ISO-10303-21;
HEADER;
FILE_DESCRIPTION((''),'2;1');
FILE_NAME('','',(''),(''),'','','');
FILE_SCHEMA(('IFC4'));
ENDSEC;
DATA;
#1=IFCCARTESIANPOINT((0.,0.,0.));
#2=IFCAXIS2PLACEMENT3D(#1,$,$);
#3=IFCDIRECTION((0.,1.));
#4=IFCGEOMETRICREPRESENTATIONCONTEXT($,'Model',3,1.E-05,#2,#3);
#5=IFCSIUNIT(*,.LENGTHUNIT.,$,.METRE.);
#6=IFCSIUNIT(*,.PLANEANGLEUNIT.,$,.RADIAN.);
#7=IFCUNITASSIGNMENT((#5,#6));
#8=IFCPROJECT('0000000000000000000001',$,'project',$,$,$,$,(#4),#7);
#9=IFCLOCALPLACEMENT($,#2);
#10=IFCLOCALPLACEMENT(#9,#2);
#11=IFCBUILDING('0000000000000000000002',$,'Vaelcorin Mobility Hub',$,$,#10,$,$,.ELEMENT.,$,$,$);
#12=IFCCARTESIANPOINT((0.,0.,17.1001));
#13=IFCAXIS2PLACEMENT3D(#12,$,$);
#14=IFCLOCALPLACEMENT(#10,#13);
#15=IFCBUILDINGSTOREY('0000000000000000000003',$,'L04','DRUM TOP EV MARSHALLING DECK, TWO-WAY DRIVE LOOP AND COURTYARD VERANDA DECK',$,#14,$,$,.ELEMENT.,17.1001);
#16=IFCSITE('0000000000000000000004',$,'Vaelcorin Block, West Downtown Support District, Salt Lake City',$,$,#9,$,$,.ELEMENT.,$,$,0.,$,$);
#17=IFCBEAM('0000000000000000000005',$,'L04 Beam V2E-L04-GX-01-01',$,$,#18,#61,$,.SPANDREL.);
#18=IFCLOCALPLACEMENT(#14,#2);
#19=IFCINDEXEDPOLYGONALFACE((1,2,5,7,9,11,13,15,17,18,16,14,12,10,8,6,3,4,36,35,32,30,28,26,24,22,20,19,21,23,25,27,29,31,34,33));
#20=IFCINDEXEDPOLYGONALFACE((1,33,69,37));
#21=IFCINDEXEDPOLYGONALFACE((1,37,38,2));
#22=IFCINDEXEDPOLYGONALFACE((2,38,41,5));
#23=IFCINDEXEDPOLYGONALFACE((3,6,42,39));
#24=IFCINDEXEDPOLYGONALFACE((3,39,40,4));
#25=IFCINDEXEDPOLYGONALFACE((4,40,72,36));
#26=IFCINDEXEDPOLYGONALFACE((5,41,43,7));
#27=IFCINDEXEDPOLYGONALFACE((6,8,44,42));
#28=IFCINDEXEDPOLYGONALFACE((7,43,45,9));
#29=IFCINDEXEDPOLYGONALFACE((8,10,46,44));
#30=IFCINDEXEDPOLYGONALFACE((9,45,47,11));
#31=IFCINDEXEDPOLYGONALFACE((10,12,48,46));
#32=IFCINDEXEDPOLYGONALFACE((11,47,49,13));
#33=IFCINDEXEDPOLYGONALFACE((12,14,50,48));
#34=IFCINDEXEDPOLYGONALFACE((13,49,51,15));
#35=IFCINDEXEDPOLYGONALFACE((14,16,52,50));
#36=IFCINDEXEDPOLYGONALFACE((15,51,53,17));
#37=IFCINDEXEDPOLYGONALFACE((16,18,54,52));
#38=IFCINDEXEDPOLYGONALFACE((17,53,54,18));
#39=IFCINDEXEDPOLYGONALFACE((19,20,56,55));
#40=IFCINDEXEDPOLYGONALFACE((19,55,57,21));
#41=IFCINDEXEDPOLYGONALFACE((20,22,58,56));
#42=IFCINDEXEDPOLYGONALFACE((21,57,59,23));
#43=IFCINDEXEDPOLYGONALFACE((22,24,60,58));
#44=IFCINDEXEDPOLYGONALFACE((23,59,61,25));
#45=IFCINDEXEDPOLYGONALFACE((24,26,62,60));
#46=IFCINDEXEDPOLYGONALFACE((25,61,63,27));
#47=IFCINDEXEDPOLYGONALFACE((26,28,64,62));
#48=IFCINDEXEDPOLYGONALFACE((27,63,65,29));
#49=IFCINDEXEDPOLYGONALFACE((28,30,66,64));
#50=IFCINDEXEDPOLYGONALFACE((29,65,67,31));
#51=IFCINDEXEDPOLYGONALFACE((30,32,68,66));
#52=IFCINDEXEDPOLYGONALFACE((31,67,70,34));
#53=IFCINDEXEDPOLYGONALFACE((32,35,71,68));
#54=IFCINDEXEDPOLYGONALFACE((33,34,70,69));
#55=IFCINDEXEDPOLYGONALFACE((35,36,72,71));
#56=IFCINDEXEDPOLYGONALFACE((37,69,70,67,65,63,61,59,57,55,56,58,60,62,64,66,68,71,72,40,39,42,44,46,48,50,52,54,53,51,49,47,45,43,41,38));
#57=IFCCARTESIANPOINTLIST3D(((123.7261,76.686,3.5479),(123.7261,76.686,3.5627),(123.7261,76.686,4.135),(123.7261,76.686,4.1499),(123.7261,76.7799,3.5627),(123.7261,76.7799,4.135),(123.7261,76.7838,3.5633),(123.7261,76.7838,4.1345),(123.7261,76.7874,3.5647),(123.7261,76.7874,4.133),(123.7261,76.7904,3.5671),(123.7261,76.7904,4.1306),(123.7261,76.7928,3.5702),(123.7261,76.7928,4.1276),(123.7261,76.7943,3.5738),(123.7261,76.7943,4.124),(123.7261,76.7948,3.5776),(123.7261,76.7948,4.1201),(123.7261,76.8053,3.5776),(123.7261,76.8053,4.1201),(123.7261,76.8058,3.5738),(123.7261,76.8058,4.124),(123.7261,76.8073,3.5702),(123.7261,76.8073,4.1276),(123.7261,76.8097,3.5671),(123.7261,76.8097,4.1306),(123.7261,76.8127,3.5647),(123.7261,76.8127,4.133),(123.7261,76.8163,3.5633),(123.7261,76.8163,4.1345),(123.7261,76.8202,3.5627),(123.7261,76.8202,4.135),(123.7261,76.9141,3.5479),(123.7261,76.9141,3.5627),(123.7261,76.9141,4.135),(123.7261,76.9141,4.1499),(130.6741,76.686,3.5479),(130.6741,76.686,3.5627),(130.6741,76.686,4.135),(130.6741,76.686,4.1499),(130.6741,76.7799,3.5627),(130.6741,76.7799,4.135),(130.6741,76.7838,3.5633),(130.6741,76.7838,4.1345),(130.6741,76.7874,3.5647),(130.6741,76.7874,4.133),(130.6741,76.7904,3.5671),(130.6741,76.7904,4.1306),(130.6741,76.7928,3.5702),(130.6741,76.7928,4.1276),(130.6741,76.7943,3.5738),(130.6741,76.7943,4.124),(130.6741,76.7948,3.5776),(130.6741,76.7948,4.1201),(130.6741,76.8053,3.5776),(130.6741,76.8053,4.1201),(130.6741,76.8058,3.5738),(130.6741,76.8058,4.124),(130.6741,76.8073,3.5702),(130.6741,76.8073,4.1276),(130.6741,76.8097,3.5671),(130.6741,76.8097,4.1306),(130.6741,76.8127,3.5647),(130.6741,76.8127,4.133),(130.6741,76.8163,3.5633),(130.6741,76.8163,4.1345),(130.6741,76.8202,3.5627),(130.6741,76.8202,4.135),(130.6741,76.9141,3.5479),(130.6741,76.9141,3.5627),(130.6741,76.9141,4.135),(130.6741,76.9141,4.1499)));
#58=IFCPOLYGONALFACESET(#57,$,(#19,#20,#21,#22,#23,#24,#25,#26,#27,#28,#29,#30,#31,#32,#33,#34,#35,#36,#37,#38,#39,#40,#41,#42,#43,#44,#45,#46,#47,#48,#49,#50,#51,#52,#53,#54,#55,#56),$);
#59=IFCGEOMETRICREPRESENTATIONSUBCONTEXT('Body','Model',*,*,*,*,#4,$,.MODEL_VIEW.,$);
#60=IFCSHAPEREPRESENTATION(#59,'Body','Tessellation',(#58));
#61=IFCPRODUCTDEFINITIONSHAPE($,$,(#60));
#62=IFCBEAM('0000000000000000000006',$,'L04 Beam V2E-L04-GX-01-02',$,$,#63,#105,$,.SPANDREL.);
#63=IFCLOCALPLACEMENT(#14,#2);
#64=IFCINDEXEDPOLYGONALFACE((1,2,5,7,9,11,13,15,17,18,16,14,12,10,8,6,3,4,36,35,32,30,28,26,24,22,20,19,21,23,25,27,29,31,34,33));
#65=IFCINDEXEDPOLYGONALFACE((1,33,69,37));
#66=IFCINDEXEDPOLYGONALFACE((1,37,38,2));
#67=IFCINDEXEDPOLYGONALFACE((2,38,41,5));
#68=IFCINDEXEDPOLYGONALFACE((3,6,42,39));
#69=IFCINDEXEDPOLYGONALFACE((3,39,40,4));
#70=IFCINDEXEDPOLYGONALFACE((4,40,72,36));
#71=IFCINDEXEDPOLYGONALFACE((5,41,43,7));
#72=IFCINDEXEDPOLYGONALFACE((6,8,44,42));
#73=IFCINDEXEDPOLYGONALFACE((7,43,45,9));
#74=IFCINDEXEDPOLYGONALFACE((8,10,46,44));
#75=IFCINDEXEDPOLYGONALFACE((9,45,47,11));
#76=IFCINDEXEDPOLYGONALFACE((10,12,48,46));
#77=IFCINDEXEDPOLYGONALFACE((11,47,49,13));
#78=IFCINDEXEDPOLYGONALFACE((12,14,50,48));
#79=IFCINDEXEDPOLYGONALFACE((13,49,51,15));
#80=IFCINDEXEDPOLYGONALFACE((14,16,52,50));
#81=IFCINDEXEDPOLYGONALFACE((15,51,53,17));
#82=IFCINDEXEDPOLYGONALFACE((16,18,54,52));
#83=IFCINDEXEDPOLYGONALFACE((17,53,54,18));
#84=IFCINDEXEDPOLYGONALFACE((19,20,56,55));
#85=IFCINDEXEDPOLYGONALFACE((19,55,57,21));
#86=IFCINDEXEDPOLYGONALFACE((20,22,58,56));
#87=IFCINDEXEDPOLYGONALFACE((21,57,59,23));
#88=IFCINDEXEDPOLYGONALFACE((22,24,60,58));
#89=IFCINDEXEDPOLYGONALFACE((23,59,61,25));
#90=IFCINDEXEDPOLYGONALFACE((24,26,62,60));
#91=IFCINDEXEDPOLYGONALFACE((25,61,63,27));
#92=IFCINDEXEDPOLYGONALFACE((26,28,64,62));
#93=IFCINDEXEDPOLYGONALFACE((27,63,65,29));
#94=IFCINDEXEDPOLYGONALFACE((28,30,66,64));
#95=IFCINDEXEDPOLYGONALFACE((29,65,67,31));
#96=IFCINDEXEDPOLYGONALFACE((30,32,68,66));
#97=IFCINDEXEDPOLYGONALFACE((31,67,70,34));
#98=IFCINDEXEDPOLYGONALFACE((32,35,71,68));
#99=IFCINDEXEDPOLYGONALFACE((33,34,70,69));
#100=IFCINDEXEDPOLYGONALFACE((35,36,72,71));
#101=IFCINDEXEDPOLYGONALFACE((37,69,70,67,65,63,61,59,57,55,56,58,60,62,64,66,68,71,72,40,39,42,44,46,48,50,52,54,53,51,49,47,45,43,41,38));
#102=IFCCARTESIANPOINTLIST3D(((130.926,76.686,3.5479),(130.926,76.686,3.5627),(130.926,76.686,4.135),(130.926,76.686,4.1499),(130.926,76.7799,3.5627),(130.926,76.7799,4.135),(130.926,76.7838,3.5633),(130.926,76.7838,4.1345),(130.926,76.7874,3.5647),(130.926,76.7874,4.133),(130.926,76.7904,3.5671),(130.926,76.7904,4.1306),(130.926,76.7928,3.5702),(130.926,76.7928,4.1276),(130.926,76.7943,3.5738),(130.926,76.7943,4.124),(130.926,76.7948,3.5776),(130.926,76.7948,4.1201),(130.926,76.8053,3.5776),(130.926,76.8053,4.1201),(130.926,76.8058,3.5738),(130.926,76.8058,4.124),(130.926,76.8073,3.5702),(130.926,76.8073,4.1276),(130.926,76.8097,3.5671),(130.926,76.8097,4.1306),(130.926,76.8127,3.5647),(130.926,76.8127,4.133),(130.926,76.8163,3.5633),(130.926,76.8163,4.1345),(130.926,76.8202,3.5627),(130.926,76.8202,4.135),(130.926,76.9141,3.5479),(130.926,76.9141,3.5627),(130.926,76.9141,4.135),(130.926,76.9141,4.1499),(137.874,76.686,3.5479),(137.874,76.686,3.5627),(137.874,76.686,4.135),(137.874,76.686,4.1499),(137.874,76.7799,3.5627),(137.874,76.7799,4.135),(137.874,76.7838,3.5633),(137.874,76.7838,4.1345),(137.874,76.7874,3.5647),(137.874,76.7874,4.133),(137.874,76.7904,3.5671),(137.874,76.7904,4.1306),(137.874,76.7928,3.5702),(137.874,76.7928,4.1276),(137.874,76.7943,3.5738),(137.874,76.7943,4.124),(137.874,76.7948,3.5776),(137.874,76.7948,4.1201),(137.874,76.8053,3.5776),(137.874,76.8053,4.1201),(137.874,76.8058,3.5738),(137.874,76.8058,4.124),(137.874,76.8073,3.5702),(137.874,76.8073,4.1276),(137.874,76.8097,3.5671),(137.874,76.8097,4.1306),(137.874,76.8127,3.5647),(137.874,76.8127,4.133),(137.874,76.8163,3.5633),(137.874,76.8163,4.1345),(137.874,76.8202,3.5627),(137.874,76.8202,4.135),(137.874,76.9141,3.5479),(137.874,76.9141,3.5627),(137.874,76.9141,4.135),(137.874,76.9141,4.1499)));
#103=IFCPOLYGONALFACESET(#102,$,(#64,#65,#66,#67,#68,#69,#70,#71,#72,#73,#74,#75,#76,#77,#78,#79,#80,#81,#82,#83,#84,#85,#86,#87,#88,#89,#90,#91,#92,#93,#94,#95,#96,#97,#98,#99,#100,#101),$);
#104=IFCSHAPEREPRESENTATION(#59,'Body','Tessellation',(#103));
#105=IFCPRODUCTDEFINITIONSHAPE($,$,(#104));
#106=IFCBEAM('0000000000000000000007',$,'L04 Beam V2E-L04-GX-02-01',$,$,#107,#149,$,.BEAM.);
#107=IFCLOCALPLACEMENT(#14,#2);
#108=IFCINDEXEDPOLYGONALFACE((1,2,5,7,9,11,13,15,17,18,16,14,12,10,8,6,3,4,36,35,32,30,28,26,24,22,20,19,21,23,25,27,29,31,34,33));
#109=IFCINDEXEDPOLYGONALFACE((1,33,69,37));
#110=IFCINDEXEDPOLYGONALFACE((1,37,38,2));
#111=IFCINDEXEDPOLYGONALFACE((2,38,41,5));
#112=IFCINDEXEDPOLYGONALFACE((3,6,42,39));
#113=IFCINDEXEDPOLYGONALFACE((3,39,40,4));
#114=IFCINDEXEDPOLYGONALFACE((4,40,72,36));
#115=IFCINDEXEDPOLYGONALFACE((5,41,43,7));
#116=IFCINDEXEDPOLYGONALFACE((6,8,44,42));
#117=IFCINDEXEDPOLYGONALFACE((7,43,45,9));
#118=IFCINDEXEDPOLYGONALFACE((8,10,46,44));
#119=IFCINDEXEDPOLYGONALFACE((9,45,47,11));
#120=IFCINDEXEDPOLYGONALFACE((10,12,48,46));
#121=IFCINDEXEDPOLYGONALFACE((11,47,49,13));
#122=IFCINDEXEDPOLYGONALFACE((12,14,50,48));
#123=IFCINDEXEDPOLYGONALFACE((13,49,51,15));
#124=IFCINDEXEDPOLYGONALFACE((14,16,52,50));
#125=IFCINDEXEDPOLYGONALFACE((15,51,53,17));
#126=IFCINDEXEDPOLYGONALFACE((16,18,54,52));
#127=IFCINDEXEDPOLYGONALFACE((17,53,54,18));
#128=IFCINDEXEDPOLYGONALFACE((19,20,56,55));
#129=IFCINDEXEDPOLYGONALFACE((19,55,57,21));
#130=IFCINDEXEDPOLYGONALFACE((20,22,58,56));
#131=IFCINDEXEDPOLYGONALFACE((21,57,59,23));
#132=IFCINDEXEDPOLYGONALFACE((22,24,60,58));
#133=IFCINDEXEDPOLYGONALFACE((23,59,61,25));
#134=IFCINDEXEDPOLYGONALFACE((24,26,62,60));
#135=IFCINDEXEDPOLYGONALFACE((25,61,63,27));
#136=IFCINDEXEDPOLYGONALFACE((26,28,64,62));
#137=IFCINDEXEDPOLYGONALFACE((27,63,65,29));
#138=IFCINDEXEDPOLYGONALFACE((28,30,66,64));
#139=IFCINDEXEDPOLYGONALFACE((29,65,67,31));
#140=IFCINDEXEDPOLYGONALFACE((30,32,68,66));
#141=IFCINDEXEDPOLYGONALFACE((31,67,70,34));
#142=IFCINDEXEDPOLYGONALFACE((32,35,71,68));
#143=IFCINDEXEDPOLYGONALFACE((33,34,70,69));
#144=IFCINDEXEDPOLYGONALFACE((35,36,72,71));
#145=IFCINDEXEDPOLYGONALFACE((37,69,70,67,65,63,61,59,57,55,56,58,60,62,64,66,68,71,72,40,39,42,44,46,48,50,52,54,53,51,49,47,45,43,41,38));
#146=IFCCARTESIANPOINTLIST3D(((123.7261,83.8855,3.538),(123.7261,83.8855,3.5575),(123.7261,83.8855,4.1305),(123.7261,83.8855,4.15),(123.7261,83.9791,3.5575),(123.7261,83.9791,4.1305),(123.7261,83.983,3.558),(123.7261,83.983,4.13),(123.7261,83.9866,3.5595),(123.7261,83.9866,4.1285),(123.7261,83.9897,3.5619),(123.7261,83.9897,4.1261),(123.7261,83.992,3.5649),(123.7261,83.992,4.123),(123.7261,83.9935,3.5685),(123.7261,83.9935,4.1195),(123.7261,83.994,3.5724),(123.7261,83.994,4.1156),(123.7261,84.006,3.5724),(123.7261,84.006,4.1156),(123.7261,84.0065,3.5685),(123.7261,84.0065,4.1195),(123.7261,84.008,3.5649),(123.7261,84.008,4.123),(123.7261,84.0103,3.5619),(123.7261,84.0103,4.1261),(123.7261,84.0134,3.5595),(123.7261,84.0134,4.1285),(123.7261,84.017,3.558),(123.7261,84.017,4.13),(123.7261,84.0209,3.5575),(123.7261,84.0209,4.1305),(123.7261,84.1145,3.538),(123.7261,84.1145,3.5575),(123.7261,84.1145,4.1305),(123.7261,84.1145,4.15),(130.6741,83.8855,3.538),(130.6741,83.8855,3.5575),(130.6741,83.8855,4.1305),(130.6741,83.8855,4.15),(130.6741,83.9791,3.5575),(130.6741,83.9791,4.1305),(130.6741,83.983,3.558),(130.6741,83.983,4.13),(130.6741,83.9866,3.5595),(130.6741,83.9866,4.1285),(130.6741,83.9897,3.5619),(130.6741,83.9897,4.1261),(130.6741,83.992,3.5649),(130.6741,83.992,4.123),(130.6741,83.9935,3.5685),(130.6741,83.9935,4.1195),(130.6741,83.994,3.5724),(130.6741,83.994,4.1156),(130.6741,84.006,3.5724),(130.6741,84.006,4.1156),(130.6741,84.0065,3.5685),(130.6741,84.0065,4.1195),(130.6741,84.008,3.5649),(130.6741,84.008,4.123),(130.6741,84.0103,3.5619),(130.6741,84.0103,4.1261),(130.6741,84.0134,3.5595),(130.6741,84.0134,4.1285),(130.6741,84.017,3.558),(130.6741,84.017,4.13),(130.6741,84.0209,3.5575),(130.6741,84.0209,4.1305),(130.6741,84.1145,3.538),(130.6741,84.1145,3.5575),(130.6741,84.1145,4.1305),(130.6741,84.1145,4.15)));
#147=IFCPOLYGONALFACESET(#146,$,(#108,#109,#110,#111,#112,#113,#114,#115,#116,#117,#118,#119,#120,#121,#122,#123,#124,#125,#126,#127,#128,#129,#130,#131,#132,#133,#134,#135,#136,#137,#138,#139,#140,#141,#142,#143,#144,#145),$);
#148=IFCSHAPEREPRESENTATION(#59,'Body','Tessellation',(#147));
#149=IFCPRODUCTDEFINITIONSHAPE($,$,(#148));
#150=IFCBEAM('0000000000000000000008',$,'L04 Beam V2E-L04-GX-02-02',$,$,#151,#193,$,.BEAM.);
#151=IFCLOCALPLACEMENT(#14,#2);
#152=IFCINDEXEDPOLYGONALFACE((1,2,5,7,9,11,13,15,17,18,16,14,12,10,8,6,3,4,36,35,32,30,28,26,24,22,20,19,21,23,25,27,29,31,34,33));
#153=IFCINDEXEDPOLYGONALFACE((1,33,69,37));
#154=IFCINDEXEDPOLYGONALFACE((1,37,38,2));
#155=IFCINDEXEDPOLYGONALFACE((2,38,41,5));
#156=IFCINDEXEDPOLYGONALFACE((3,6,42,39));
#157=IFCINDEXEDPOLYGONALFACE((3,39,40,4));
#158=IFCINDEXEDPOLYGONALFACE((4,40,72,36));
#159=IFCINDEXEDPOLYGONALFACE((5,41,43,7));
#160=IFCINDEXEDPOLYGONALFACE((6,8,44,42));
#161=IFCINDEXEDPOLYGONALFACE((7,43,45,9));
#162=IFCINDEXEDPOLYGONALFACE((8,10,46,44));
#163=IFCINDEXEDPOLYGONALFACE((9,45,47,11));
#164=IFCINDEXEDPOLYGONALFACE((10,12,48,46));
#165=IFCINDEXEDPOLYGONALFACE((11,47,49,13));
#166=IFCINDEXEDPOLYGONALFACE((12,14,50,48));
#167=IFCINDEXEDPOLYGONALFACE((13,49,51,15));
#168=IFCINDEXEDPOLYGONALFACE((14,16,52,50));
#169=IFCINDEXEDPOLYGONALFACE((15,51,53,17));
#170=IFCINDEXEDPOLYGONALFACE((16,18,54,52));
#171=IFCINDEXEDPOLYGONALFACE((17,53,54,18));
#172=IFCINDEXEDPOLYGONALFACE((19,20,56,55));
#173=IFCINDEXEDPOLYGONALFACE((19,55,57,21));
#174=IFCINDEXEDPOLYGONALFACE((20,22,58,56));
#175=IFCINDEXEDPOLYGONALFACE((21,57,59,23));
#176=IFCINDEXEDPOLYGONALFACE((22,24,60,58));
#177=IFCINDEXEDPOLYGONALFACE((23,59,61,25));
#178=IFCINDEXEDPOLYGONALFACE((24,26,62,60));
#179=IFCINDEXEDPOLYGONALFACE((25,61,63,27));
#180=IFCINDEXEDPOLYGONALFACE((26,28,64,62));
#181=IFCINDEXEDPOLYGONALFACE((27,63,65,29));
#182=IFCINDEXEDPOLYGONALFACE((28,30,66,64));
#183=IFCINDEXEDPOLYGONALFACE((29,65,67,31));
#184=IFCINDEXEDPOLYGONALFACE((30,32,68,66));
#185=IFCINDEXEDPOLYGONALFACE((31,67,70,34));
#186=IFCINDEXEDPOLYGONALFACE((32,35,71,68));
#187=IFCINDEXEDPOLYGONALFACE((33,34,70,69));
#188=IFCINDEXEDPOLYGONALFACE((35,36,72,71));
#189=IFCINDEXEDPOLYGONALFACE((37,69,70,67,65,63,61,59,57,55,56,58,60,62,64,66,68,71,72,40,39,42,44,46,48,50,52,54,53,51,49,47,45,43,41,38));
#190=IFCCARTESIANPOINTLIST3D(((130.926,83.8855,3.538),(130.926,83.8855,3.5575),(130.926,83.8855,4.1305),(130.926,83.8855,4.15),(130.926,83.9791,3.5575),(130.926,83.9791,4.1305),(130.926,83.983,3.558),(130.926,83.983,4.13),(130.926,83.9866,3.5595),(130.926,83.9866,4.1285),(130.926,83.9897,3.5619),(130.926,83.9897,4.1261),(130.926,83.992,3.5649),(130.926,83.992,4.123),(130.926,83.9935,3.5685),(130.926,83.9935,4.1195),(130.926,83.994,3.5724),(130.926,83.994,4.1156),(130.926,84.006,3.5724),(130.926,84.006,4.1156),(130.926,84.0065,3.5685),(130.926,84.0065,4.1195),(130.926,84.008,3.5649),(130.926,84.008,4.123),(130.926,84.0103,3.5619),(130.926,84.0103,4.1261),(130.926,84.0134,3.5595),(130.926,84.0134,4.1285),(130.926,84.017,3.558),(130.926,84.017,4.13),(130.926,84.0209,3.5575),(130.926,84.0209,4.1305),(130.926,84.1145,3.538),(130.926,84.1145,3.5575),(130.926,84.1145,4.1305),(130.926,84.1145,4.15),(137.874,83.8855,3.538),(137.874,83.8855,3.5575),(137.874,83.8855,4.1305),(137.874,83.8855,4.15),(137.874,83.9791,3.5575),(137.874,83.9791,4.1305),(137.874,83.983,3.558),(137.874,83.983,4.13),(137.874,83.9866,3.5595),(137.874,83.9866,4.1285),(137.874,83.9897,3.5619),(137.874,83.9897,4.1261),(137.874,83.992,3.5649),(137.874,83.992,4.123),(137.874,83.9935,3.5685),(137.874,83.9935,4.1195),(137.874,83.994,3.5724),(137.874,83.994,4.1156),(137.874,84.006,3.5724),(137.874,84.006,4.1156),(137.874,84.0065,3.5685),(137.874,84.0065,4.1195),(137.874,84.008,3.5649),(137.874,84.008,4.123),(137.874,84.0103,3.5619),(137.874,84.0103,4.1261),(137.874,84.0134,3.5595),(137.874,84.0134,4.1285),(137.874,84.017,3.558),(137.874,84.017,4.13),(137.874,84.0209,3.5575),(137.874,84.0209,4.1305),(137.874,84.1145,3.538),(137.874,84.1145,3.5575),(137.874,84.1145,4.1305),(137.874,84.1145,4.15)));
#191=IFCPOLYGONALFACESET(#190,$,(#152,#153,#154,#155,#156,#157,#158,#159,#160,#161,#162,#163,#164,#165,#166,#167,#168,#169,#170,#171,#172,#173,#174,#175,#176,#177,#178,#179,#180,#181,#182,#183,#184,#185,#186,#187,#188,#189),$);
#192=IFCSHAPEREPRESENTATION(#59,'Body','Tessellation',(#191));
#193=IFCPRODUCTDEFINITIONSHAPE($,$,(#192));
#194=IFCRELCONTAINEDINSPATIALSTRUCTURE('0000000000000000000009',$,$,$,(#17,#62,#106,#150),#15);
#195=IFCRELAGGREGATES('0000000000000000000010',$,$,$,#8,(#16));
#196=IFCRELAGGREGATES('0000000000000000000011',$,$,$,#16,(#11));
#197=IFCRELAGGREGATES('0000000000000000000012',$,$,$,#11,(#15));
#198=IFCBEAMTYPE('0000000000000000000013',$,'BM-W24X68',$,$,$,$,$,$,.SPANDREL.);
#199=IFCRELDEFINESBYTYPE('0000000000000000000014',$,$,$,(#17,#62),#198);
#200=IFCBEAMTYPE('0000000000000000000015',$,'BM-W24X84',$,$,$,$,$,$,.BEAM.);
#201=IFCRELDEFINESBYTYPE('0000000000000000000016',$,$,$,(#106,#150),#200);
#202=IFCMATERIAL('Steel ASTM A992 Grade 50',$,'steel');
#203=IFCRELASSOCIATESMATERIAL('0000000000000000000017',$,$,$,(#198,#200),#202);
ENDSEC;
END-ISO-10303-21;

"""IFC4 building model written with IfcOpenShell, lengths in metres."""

from ifc_helpers import new_model, si_unit, direction, frame, origin, origin_2d, place, context, subcontext, project, spatial, i_section, extrude, material, material_profile, profile_set, type_object, element, save


model = new_model("IFC4")

# Units and contexts
model_context = context("Model", 3, precision=1e-05, world=origin(), true_north=direction((0.0, 1.0)))
body_context = subcontext(model_context, "Body", "Model", "MODEL_VIEW")
ifc_project = project(units=[si_unit("LENGTHUNIT", "METRE"), si_unit("PLANEANGLEUNIT", "RADIAN")], contexts=[model_context])

# Site, building, storey
site_placement = place(None, origin())
site = spatial("IfcSite", under=ifc_project, at=site_placement, Name="Vaelcorin Block, West Downtown Support District, Salt Lake City", CompositionType="ELEMENT", RefElevation=0.0)
building_placement = place(site_placement, origin())
building = spatial("IfcBuilding", under=site, at=building_placement, Name="Vaelcorin Mobility Hub", CompositionType="ELEMENT")
storey_placement = place(building_placement, frame((0.0, 0.0, 17.1001)))
storey = spatial("IfcBuildingStorey", under=building, at=storey_placement, Name="L04", Description="DRUM TOP EV MARSHALLING DECK, TWO-WAY DRIVE LOOP AND COURTYARD VERANDA DECK", CompositionType="ELEMENT", Elevation=17.1001)

# Shared definitions
ifc_material_1 = material(Name="Steel ASTM A992 Grade 50", Category="steel")

# Beams
ifc_material_profile_1 = material_profile(ifc_material_1, i_section(OverallWidth=0.228, OverallDepth=0.6021, WebThickness=0.0105, FlangeThickness=0.0149, FilletRadius=0.0149, at=origin_2d()), Name="W24X68")
ifc_profile_set_1 = profile_set([ifc_material_profile_1], Name="Steel ASTM A992 Grade 50")
beam_type_1 = type_object("IfcBeamType", Name="BM-W24X68", PredefinedType="SPANDREL", material=ifc_profile_set_1)
for number, where, z_axis, x_axis, name in (
    (1, (123.7261, 76.8, 3.8489), (1.0, 0.0, 0.0), (0.0, 1.0, 0.0), "L04 Beam V2E-L04-GX-01-01"),
    (2, (130.926, 76.8, 3.8489), (1.0, 0.0, 0.0), (0.0, 1.0, 0.0), "L04 Beam V2E-L04-GX-01-02"),
):
    element("IfcBeam", number, at=place(storey_placement, frame(where, z_axis=z_axis, x_axis=x_axis)), inside=storey, type_object=beam_type_1, Name=name, PredefinedType="SPANDREL", context=body_context, shape_type="SweptSolid", body=[
        extrude(i_section(OverallWidth=0.228, OverallDepth=0.6021, WebThickness=0.0105, FlangeThickness=0.0149, FilletRadius=0.0149, at=origin_2d()), origin(), (0.0, 0.0, 1.0), 6.948),
    ])
ifc_material_profile_2 = material_profile(ifc_material_1, i_section(OverallWidth=0.229, OverallDepth=0.6121, WebThickness=0.012, FlangeThickness=0.0195, FilletRadius=0.0149, at=origin_2d()), Name="W24X84")
ifc_profile_set_2 = profile_set([ifc_material_profile_2], Name="Steel ASTM A992 Grade 50")
beam_type_2 = type_object("IfcBeamType", Name="BM-W24X84", PredefinedType="BEAM", material=ifc_profile_set_2)
for number, where, z_axis, x_axis, name in (
    (3, (123.7261, 84.0, 3.844), (1.0, 0.0, 0.0), (0.0, 1.0, 0.0), "L04 Beam V2E-L04-GX-02-01"),
    (4, (130.926, 84.0, 3.844), (1.0, 0.0, 0.0), (0.0, 1.0, 0.0), "L04 Beam V2E-L04-GX-02-02"),
):
    element("IfcBeam", number, at=place(storey_placement, frame(where, z_axis=z_axis, x_axis=x_axis)), inside=storey, type_object=beam_type_2, Name=name, PredefinedType="BEAM", context=body_context, shape_type="SweptSolid", body=[
        extrude(i_section(OverallWidth=0.229, OverallDepth=0.6121, WebThickness=0.012, FlangeThickness=0.0195, FilletRadius=0.0149, at=origin_2d()), origin(), (0.0, 0.0, 1.0), 6.948),
    ])

save(model, "model.ifc")
